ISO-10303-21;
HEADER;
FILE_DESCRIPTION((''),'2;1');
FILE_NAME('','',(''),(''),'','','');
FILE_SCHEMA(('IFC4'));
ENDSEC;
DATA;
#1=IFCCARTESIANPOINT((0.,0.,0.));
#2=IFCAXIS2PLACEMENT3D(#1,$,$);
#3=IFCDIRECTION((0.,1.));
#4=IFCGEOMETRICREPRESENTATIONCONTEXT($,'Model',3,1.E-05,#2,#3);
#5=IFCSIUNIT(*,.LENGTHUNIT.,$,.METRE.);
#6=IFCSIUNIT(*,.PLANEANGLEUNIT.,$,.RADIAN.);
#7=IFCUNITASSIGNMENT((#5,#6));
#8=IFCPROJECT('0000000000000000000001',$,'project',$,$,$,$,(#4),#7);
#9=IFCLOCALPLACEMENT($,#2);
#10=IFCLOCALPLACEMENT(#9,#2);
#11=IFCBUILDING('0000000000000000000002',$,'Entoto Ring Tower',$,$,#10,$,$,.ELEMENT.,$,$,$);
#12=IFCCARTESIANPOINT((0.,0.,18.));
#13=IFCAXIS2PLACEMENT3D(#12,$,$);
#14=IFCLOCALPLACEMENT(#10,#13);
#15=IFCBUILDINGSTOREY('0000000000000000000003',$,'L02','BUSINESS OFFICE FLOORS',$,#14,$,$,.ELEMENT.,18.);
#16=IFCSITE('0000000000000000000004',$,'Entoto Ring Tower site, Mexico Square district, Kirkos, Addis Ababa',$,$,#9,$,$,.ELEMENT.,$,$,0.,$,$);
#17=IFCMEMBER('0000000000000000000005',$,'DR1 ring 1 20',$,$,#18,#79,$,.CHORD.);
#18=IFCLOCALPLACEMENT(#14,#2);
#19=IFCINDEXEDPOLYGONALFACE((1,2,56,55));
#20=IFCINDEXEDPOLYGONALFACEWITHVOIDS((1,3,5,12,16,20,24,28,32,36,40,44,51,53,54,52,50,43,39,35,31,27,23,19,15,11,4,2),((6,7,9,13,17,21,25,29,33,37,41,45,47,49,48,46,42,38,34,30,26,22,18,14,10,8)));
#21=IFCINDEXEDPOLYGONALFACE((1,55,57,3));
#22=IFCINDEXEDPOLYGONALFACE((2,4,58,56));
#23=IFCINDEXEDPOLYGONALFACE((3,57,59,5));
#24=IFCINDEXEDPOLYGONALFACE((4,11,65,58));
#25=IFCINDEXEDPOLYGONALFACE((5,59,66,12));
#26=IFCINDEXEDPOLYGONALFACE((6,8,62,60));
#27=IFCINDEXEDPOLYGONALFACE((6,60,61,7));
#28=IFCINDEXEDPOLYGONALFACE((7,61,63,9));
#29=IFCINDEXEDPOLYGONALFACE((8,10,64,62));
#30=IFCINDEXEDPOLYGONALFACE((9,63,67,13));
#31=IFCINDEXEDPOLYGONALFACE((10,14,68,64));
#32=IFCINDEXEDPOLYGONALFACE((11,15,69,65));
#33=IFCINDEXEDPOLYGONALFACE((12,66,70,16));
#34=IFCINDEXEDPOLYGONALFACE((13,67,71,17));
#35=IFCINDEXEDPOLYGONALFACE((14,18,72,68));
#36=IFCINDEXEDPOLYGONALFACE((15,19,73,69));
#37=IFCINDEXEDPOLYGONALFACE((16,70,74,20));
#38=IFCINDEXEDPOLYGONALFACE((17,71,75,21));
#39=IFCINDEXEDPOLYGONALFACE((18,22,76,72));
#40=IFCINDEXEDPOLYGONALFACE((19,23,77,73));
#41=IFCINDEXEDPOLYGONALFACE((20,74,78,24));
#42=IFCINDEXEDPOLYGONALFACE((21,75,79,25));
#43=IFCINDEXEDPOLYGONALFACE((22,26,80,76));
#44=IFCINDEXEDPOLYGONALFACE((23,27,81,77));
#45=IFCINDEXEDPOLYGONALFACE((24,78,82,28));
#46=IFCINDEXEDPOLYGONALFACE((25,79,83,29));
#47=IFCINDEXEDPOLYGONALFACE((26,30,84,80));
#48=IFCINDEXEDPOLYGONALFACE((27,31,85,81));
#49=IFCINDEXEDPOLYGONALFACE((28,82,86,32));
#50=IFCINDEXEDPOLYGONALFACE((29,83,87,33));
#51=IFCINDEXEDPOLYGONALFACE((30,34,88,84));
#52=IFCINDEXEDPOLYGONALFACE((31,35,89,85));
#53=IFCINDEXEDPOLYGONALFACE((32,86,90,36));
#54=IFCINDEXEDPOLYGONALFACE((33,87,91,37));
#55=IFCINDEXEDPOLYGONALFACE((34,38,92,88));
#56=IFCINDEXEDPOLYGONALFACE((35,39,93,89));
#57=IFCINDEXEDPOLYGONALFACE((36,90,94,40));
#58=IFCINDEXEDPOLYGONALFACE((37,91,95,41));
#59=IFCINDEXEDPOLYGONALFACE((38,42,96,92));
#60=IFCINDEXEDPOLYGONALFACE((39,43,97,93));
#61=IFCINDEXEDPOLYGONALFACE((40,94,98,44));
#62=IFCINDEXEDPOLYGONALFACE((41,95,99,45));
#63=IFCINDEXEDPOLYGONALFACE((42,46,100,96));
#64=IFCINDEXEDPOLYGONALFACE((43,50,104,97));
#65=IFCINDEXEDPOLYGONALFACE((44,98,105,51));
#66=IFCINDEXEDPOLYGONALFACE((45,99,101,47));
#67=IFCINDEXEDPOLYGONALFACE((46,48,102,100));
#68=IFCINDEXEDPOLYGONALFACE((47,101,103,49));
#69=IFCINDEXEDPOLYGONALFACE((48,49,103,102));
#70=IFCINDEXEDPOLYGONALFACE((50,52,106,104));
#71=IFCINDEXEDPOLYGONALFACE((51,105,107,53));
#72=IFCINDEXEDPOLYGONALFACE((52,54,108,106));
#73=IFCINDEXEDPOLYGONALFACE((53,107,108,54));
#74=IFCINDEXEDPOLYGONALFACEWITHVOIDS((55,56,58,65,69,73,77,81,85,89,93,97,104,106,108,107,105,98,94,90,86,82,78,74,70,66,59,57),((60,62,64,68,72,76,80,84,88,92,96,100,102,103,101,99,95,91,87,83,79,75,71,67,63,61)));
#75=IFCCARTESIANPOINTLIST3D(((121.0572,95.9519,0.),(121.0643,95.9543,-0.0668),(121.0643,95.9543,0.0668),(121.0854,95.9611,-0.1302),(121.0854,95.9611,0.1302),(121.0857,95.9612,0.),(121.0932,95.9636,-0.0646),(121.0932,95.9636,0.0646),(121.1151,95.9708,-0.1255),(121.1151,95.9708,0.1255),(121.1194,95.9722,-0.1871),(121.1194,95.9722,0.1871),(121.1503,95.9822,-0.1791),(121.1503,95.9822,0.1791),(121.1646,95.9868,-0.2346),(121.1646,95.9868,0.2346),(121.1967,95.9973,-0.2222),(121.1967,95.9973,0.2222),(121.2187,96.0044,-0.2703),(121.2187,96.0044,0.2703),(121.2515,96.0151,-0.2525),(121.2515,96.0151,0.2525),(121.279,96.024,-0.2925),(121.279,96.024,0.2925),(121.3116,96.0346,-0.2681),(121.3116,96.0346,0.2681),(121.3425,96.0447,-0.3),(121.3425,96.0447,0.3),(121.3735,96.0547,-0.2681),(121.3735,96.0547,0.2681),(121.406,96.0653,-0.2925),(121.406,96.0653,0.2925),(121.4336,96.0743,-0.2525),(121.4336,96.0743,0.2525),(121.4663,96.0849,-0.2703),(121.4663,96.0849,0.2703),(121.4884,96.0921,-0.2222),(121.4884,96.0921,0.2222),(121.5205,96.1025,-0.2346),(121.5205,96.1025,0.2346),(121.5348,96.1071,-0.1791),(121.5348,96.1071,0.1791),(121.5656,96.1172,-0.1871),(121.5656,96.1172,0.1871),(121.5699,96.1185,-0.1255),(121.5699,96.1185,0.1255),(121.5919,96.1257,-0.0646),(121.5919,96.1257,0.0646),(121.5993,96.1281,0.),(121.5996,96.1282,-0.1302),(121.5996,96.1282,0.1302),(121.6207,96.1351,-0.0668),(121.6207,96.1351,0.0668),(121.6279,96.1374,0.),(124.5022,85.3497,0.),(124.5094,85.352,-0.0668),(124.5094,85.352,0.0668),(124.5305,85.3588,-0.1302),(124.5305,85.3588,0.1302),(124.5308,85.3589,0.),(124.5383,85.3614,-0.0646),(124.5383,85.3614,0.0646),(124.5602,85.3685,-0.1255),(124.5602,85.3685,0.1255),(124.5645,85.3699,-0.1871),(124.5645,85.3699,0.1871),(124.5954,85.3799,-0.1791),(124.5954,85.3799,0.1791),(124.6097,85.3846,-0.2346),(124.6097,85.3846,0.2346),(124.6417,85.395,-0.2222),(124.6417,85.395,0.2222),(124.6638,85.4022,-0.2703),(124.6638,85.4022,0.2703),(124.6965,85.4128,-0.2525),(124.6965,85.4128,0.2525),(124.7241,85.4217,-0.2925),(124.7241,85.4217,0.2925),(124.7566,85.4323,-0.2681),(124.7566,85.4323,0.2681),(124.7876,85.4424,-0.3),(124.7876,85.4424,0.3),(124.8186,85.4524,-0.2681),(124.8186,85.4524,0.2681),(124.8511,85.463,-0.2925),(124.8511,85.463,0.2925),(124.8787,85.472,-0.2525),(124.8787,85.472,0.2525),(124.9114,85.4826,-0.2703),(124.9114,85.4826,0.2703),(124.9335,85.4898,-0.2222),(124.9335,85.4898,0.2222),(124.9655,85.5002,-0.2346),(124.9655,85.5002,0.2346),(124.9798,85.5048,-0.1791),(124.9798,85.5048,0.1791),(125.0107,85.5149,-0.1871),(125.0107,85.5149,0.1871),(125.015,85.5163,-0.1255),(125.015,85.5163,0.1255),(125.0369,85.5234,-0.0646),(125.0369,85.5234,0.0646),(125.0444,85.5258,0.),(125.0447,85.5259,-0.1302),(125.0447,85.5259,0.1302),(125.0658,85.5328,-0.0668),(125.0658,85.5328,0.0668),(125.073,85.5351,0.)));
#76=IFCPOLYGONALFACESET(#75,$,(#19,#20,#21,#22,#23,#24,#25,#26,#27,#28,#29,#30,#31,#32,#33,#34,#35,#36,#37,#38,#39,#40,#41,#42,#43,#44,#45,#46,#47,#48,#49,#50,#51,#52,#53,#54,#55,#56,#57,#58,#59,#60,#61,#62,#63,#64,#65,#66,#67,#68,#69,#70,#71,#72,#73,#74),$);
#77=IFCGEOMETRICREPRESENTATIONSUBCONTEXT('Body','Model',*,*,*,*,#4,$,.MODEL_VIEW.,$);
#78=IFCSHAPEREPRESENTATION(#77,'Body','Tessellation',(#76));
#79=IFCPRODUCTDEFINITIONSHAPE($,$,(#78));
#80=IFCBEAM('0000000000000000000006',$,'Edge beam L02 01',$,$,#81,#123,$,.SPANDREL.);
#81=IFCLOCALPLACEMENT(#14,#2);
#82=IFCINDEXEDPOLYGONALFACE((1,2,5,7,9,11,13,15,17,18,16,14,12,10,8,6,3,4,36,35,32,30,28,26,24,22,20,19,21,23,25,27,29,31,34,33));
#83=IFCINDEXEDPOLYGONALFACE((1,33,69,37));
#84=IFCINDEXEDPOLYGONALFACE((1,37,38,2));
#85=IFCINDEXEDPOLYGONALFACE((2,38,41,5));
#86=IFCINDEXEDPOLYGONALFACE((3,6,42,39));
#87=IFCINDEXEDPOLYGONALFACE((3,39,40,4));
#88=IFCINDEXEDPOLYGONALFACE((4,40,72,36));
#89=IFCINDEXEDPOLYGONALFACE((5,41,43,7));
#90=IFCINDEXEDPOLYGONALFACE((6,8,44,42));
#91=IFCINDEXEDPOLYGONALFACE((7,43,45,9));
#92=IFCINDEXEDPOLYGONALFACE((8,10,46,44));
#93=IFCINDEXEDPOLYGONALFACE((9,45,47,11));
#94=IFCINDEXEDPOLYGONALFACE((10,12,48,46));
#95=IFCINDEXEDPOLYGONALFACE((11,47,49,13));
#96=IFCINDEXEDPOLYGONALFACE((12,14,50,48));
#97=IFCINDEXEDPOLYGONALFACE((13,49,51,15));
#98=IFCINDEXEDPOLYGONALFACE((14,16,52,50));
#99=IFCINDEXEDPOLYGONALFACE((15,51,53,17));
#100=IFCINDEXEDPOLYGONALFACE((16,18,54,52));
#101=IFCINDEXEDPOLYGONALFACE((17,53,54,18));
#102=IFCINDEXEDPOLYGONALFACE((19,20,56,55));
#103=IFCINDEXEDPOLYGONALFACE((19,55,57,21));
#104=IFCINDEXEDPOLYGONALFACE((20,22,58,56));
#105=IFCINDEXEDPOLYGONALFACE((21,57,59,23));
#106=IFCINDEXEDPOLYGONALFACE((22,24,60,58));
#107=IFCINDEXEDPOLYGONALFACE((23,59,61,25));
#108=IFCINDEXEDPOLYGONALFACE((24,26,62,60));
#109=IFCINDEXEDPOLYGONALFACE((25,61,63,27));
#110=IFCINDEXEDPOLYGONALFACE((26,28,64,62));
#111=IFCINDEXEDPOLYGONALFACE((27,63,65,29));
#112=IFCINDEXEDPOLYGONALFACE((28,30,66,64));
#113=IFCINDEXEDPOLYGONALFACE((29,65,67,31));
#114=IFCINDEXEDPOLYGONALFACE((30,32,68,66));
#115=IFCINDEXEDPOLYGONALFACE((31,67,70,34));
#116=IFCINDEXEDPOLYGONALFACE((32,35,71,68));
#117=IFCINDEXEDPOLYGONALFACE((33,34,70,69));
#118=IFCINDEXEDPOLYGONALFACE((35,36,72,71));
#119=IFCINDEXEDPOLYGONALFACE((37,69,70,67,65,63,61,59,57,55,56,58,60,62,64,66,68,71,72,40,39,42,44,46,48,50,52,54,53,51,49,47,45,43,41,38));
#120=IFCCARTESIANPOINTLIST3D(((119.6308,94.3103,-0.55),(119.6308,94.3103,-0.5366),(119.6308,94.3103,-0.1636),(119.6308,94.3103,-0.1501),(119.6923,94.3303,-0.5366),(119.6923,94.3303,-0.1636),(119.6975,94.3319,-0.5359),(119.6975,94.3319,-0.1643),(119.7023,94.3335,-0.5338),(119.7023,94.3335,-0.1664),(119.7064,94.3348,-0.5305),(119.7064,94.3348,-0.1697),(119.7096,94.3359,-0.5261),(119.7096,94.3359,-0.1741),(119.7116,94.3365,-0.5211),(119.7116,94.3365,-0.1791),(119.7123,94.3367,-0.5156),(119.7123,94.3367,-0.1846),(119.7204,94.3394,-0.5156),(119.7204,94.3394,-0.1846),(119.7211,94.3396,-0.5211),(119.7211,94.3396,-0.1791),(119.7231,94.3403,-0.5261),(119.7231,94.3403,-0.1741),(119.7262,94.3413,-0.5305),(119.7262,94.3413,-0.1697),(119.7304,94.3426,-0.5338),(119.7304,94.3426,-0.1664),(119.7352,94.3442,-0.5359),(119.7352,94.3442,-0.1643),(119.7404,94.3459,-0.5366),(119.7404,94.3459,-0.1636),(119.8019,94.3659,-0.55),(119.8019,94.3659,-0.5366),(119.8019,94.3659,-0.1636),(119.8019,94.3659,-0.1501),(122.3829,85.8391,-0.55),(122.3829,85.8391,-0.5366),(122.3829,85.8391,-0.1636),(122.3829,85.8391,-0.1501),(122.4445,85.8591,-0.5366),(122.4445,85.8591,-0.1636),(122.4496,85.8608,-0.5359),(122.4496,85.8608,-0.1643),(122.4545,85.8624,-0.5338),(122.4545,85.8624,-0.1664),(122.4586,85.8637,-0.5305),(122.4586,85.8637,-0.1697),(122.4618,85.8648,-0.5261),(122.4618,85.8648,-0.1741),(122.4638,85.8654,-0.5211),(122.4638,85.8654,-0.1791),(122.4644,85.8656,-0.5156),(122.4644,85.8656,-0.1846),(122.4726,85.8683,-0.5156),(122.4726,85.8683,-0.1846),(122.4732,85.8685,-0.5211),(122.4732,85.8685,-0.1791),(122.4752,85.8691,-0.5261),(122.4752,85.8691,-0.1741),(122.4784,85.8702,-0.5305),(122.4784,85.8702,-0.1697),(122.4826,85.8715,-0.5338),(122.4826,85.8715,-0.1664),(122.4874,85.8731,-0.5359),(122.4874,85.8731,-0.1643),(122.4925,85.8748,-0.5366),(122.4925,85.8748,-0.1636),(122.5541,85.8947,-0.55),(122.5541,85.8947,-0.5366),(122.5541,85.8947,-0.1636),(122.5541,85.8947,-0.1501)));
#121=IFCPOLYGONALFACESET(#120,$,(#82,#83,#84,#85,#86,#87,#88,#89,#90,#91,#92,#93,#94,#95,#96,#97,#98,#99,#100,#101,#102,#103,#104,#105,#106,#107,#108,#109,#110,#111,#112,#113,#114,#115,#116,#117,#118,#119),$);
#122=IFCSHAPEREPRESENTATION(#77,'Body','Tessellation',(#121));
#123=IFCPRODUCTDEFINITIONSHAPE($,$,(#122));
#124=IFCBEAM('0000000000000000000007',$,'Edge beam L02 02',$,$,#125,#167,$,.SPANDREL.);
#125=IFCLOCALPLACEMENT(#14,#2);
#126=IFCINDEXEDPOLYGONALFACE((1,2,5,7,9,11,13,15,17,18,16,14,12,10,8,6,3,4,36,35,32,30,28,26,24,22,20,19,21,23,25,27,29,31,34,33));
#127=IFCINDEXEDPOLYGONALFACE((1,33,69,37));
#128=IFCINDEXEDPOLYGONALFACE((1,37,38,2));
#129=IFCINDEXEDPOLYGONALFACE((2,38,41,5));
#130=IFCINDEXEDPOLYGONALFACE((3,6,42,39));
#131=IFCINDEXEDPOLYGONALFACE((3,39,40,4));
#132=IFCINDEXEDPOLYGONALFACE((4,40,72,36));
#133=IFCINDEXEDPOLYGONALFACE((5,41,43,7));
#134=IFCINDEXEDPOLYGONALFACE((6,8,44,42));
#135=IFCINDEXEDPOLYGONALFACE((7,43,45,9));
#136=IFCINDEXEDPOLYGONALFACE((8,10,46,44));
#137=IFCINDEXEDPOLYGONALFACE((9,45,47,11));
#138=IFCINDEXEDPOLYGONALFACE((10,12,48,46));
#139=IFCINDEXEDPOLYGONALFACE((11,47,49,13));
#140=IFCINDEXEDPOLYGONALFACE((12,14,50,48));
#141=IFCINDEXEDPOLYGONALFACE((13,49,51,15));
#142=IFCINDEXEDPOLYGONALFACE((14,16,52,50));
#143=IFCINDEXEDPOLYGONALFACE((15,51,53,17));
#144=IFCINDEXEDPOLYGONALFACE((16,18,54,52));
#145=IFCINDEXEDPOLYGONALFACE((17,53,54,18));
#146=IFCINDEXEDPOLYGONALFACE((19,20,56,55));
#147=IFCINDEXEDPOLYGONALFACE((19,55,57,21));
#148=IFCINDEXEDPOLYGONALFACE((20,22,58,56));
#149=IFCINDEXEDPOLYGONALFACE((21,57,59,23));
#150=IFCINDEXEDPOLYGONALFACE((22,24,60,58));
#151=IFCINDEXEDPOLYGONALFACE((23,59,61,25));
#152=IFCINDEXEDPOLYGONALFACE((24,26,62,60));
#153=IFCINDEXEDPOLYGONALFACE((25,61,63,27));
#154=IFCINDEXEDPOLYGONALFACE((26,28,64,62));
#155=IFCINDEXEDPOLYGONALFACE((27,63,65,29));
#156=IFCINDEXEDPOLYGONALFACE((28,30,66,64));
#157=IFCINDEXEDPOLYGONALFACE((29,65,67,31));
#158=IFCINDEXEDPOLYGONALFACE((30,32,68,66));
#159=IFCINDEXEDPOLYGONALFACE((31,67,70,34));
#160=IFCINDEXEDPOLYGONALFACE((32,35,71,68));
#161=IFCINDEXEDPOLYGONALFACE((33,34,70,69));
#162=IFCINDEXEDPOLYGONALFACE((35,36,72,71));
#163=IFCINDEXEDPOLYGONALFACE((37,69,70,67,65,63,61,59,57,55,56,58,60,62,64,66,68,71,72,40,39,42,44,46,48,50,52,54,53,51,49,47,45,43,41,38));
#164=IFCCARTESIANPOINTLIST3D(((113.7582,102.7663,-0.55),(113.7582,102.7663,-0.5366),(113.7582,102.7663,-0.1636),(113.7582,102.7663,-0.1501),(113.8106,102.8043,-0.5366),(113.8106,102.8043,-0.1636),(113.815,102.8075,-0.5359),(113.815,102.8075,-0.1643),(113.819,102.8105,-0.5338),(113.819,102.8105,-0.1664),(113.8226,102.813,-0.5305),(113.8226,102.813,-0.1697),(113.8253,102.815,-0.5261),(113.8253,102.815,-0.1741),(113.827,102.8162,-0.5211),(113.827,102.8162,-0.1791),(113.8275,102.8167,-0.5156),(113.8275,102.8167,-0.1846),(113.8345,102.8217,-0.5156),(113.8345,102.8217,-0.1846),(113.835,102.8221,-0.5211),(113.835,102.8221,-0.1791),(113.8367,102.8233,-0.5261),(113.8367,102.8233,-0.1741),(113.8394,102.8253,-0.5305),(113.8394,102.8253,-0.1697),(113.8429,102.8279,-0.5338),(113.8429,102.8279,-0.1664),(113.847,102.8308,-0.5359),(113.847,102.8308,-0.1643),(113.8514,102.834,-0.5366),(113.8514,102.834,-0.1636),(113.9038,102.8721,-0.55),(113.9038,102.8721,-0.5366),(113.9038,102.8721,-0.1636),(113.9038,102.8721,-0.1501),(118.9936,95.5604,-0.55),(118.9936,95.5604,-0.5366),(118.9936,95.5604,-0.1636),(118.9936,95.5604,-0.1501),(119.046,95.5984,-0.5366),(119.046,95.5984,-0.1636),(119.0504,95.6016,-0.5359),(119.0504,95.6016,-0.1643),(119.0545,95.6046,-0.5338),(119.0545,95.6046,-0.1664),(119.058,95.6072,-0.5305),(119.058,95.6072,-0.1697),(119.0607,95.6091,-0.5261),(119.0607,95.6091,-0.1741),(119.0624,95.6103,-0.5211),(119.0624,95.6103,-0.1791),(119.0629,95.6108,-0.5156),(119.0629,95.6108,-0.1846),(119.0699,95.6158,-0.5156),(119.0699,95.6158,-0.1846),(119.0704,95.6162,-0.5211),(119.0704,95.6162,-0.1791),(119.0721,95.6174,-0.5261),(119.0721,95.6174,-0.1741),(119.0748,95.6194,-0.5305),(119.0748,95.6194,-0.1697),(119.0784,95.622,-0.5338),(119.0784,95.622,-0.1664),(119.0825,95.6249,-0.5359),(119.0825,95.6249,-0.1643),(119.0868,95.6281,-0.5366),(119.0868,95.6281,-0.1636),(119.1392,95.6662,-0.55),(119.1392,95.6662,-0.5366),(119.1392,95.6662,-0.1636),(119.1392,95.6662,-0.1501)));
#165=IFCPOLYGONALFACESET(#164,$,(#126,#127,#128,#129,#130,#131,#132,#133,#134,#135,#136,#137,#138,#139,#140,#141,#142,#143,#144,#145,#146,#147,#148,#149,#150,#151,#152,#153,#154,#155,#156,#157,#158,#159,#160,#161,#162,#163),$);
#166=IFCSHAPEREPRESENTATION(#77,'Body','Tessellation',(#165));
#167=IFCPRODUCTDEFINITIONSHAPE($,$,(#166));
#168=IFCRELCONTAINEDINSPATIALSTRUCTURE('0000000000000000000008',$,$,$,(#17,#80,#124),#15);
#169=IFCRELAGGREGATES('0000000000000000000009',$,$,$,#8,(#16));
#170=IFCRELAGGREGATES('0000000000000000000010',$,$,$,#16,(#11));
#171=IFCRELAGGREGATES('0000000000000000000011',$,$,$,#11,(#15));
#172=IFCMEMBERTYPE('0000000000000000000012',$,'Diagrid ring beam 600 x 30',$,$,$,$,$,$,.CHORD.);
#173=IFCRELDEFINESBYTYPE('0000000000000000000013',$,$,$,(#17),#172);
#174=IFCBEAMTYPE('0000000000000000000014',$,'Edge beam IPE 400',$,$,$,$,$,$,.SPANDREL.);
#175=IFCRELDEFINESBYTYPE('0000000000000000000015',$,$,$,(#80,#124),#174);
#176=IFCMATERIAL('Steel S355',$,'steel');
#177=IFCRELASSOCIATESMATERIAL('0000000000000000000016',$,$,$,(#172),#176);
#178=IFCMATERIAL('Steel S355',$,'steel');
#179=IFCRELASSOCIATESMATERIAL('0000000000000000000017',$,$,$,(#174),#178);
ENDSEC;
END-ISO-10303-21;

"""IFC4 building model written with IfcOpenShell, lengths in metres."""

from ifc_helpers import new_model, si_unit, direction, frame, origin, origin_2d, place, context, subcontext, project, spatial, circle, hollow_circle, i_section, extrude, material, material_profile, profile_set, type_object, element, save


model = new_model("IFC4")

# Units and contexts
model_context = context("Model", 3, precision=1e-05, world=origin(), true_north=direction((0.0, 1.0)))
body_context = subcontext(model_context, "Body", "Model", "MODEL_VIEW")
ifc_project = project(units=[si_unit("LENGTHUNIT", "METRE"), si_unit("PLANEANGLEUNIT", "RADIAN")], contexts=[model_context])

# Site, building, storey
site_placement = place(None, origin())
site = spatial("IfcSite", under=ifc_project, at=site_placement, Name="Entoto Ring Tower site, Mexico Square district, Kirkos, Addis Ababa", CompositionType="ELEMENT", RefElevation=0.0)
building_placement = place(site_placement, origin())
building = spatial("IfcBuilding", under=site, at=building_placement, Name="Entoto Ring Tower", CompositionType="ELEMENT")
storey_placement = place(building_placement, frame((0.0, 0.0, 18.0)))
storey = spatial("IfcBuildingStorey", under=building, at=storey_placement, Name="L02", Description="BUSINESS OFFICE FLOORS", CompositionType="ELEMENT", Elevation=18.0)

# Member
ifc_material_1 = material(Name="Steel S355", Category="steel")
ifc_material_profile_1 = material_profile(ifc_material_1, hollow_circle(Radius=0.3, WallThickness=0.03, at=origin_2d()), Name="CHS 600 x 30")
ifc_material_2 = material(Name="Concrete C60/75", Category="concrete")
ifc_material_profile_2 = material_profile(ifc_material_2, circle(Radius=0.27, at=origin_2d()), Name="Concrete C60/75 infill")
ifc_profile_set_1 = profile_set([ifc_material_profile_1, ifc_material_profile_2], Name="Steel S355")
member_type_1 = type_object("IfcMemberType", Name="Diagrid ring beam 600 x 30", PredefinedType="CHORD", material=ifc_profile_set_1)
for number, where, z_axis, x_axis, name in (
    (1, (124.7876, 85.4424, 0.0), (-0.309031, 0.951052, 0.0), (-0.951052, -0.309031, 0.0), "DR1 ring 1 20"),
):
    element("IfcMember", number, at=place(storey_placement, frame(where, z_axis=z_axis, x_axis=x_axis)), inside=storey, type_object=member_type_1, Name=name, PredefinedType="CHORD", context=body_context, shape_type="SweptSolid", body=[
        extrude(hollow_circle(Radius=0.3, WallThickness=0.03, at=origin_2d()), origin(), (0.0, 0.0, 1.0), 11.1479),
    ])

# Beams
ifc_material_3 = material(Name="Steel S355", Category="steel")
ifc_material_profile_3 = material_profile(ifc_material_3, i_section(OverallWidth=0.1799, OverallDepth=0.3999, WebThickness=0.0085, FlangeThickness=0.0134, FilletRadius=0.021, at=origin_2d()), Name="IPE 400")
ifc_profile_set_2 = profile_set([ifc_material_profile_3], Name="Steel S355")
beam_type_1 = type_object("IfcBeamType", Name="Edge beam IPE 400", PredefinedType="SPANDREL", material=ifc_profile_set_2)
for number, where, z_axis, x_axis, name in (
    (2, (122.4685, 85.8669, -0.3501), (-0.308991, 0.951065, 0.0), (-0.951065, -0.308991, 0.0), "Edge beam L02 01"),
    (3, (119.0664, 95.6133, -0.3501), (-0.587787, 0.809016, 0.0), (-0.809016, -0.587787, 0.0), "Edge beam L02 02"),
):
    element("IfcBeam", number, at=place(storey_placement, frame(where, z_axis=z_axis, x_axis=x_axis)), inside=storey, type_object=beam_type_1, Name=name, PredefinedType="SPANDREL", context=body_context, shape_type="SweptSolid", body=[
        extrude(i_section(OverallWidth=0.1799, OverallDepth=0.3999, WebThickness=0.0085, FlangeThickness=0.0134, FilletRadius=0.021, at=origin_2d()), origin(), (0.0, 0.0, 1.0), 8.907),
    ])

save(model, "model.ifc")
